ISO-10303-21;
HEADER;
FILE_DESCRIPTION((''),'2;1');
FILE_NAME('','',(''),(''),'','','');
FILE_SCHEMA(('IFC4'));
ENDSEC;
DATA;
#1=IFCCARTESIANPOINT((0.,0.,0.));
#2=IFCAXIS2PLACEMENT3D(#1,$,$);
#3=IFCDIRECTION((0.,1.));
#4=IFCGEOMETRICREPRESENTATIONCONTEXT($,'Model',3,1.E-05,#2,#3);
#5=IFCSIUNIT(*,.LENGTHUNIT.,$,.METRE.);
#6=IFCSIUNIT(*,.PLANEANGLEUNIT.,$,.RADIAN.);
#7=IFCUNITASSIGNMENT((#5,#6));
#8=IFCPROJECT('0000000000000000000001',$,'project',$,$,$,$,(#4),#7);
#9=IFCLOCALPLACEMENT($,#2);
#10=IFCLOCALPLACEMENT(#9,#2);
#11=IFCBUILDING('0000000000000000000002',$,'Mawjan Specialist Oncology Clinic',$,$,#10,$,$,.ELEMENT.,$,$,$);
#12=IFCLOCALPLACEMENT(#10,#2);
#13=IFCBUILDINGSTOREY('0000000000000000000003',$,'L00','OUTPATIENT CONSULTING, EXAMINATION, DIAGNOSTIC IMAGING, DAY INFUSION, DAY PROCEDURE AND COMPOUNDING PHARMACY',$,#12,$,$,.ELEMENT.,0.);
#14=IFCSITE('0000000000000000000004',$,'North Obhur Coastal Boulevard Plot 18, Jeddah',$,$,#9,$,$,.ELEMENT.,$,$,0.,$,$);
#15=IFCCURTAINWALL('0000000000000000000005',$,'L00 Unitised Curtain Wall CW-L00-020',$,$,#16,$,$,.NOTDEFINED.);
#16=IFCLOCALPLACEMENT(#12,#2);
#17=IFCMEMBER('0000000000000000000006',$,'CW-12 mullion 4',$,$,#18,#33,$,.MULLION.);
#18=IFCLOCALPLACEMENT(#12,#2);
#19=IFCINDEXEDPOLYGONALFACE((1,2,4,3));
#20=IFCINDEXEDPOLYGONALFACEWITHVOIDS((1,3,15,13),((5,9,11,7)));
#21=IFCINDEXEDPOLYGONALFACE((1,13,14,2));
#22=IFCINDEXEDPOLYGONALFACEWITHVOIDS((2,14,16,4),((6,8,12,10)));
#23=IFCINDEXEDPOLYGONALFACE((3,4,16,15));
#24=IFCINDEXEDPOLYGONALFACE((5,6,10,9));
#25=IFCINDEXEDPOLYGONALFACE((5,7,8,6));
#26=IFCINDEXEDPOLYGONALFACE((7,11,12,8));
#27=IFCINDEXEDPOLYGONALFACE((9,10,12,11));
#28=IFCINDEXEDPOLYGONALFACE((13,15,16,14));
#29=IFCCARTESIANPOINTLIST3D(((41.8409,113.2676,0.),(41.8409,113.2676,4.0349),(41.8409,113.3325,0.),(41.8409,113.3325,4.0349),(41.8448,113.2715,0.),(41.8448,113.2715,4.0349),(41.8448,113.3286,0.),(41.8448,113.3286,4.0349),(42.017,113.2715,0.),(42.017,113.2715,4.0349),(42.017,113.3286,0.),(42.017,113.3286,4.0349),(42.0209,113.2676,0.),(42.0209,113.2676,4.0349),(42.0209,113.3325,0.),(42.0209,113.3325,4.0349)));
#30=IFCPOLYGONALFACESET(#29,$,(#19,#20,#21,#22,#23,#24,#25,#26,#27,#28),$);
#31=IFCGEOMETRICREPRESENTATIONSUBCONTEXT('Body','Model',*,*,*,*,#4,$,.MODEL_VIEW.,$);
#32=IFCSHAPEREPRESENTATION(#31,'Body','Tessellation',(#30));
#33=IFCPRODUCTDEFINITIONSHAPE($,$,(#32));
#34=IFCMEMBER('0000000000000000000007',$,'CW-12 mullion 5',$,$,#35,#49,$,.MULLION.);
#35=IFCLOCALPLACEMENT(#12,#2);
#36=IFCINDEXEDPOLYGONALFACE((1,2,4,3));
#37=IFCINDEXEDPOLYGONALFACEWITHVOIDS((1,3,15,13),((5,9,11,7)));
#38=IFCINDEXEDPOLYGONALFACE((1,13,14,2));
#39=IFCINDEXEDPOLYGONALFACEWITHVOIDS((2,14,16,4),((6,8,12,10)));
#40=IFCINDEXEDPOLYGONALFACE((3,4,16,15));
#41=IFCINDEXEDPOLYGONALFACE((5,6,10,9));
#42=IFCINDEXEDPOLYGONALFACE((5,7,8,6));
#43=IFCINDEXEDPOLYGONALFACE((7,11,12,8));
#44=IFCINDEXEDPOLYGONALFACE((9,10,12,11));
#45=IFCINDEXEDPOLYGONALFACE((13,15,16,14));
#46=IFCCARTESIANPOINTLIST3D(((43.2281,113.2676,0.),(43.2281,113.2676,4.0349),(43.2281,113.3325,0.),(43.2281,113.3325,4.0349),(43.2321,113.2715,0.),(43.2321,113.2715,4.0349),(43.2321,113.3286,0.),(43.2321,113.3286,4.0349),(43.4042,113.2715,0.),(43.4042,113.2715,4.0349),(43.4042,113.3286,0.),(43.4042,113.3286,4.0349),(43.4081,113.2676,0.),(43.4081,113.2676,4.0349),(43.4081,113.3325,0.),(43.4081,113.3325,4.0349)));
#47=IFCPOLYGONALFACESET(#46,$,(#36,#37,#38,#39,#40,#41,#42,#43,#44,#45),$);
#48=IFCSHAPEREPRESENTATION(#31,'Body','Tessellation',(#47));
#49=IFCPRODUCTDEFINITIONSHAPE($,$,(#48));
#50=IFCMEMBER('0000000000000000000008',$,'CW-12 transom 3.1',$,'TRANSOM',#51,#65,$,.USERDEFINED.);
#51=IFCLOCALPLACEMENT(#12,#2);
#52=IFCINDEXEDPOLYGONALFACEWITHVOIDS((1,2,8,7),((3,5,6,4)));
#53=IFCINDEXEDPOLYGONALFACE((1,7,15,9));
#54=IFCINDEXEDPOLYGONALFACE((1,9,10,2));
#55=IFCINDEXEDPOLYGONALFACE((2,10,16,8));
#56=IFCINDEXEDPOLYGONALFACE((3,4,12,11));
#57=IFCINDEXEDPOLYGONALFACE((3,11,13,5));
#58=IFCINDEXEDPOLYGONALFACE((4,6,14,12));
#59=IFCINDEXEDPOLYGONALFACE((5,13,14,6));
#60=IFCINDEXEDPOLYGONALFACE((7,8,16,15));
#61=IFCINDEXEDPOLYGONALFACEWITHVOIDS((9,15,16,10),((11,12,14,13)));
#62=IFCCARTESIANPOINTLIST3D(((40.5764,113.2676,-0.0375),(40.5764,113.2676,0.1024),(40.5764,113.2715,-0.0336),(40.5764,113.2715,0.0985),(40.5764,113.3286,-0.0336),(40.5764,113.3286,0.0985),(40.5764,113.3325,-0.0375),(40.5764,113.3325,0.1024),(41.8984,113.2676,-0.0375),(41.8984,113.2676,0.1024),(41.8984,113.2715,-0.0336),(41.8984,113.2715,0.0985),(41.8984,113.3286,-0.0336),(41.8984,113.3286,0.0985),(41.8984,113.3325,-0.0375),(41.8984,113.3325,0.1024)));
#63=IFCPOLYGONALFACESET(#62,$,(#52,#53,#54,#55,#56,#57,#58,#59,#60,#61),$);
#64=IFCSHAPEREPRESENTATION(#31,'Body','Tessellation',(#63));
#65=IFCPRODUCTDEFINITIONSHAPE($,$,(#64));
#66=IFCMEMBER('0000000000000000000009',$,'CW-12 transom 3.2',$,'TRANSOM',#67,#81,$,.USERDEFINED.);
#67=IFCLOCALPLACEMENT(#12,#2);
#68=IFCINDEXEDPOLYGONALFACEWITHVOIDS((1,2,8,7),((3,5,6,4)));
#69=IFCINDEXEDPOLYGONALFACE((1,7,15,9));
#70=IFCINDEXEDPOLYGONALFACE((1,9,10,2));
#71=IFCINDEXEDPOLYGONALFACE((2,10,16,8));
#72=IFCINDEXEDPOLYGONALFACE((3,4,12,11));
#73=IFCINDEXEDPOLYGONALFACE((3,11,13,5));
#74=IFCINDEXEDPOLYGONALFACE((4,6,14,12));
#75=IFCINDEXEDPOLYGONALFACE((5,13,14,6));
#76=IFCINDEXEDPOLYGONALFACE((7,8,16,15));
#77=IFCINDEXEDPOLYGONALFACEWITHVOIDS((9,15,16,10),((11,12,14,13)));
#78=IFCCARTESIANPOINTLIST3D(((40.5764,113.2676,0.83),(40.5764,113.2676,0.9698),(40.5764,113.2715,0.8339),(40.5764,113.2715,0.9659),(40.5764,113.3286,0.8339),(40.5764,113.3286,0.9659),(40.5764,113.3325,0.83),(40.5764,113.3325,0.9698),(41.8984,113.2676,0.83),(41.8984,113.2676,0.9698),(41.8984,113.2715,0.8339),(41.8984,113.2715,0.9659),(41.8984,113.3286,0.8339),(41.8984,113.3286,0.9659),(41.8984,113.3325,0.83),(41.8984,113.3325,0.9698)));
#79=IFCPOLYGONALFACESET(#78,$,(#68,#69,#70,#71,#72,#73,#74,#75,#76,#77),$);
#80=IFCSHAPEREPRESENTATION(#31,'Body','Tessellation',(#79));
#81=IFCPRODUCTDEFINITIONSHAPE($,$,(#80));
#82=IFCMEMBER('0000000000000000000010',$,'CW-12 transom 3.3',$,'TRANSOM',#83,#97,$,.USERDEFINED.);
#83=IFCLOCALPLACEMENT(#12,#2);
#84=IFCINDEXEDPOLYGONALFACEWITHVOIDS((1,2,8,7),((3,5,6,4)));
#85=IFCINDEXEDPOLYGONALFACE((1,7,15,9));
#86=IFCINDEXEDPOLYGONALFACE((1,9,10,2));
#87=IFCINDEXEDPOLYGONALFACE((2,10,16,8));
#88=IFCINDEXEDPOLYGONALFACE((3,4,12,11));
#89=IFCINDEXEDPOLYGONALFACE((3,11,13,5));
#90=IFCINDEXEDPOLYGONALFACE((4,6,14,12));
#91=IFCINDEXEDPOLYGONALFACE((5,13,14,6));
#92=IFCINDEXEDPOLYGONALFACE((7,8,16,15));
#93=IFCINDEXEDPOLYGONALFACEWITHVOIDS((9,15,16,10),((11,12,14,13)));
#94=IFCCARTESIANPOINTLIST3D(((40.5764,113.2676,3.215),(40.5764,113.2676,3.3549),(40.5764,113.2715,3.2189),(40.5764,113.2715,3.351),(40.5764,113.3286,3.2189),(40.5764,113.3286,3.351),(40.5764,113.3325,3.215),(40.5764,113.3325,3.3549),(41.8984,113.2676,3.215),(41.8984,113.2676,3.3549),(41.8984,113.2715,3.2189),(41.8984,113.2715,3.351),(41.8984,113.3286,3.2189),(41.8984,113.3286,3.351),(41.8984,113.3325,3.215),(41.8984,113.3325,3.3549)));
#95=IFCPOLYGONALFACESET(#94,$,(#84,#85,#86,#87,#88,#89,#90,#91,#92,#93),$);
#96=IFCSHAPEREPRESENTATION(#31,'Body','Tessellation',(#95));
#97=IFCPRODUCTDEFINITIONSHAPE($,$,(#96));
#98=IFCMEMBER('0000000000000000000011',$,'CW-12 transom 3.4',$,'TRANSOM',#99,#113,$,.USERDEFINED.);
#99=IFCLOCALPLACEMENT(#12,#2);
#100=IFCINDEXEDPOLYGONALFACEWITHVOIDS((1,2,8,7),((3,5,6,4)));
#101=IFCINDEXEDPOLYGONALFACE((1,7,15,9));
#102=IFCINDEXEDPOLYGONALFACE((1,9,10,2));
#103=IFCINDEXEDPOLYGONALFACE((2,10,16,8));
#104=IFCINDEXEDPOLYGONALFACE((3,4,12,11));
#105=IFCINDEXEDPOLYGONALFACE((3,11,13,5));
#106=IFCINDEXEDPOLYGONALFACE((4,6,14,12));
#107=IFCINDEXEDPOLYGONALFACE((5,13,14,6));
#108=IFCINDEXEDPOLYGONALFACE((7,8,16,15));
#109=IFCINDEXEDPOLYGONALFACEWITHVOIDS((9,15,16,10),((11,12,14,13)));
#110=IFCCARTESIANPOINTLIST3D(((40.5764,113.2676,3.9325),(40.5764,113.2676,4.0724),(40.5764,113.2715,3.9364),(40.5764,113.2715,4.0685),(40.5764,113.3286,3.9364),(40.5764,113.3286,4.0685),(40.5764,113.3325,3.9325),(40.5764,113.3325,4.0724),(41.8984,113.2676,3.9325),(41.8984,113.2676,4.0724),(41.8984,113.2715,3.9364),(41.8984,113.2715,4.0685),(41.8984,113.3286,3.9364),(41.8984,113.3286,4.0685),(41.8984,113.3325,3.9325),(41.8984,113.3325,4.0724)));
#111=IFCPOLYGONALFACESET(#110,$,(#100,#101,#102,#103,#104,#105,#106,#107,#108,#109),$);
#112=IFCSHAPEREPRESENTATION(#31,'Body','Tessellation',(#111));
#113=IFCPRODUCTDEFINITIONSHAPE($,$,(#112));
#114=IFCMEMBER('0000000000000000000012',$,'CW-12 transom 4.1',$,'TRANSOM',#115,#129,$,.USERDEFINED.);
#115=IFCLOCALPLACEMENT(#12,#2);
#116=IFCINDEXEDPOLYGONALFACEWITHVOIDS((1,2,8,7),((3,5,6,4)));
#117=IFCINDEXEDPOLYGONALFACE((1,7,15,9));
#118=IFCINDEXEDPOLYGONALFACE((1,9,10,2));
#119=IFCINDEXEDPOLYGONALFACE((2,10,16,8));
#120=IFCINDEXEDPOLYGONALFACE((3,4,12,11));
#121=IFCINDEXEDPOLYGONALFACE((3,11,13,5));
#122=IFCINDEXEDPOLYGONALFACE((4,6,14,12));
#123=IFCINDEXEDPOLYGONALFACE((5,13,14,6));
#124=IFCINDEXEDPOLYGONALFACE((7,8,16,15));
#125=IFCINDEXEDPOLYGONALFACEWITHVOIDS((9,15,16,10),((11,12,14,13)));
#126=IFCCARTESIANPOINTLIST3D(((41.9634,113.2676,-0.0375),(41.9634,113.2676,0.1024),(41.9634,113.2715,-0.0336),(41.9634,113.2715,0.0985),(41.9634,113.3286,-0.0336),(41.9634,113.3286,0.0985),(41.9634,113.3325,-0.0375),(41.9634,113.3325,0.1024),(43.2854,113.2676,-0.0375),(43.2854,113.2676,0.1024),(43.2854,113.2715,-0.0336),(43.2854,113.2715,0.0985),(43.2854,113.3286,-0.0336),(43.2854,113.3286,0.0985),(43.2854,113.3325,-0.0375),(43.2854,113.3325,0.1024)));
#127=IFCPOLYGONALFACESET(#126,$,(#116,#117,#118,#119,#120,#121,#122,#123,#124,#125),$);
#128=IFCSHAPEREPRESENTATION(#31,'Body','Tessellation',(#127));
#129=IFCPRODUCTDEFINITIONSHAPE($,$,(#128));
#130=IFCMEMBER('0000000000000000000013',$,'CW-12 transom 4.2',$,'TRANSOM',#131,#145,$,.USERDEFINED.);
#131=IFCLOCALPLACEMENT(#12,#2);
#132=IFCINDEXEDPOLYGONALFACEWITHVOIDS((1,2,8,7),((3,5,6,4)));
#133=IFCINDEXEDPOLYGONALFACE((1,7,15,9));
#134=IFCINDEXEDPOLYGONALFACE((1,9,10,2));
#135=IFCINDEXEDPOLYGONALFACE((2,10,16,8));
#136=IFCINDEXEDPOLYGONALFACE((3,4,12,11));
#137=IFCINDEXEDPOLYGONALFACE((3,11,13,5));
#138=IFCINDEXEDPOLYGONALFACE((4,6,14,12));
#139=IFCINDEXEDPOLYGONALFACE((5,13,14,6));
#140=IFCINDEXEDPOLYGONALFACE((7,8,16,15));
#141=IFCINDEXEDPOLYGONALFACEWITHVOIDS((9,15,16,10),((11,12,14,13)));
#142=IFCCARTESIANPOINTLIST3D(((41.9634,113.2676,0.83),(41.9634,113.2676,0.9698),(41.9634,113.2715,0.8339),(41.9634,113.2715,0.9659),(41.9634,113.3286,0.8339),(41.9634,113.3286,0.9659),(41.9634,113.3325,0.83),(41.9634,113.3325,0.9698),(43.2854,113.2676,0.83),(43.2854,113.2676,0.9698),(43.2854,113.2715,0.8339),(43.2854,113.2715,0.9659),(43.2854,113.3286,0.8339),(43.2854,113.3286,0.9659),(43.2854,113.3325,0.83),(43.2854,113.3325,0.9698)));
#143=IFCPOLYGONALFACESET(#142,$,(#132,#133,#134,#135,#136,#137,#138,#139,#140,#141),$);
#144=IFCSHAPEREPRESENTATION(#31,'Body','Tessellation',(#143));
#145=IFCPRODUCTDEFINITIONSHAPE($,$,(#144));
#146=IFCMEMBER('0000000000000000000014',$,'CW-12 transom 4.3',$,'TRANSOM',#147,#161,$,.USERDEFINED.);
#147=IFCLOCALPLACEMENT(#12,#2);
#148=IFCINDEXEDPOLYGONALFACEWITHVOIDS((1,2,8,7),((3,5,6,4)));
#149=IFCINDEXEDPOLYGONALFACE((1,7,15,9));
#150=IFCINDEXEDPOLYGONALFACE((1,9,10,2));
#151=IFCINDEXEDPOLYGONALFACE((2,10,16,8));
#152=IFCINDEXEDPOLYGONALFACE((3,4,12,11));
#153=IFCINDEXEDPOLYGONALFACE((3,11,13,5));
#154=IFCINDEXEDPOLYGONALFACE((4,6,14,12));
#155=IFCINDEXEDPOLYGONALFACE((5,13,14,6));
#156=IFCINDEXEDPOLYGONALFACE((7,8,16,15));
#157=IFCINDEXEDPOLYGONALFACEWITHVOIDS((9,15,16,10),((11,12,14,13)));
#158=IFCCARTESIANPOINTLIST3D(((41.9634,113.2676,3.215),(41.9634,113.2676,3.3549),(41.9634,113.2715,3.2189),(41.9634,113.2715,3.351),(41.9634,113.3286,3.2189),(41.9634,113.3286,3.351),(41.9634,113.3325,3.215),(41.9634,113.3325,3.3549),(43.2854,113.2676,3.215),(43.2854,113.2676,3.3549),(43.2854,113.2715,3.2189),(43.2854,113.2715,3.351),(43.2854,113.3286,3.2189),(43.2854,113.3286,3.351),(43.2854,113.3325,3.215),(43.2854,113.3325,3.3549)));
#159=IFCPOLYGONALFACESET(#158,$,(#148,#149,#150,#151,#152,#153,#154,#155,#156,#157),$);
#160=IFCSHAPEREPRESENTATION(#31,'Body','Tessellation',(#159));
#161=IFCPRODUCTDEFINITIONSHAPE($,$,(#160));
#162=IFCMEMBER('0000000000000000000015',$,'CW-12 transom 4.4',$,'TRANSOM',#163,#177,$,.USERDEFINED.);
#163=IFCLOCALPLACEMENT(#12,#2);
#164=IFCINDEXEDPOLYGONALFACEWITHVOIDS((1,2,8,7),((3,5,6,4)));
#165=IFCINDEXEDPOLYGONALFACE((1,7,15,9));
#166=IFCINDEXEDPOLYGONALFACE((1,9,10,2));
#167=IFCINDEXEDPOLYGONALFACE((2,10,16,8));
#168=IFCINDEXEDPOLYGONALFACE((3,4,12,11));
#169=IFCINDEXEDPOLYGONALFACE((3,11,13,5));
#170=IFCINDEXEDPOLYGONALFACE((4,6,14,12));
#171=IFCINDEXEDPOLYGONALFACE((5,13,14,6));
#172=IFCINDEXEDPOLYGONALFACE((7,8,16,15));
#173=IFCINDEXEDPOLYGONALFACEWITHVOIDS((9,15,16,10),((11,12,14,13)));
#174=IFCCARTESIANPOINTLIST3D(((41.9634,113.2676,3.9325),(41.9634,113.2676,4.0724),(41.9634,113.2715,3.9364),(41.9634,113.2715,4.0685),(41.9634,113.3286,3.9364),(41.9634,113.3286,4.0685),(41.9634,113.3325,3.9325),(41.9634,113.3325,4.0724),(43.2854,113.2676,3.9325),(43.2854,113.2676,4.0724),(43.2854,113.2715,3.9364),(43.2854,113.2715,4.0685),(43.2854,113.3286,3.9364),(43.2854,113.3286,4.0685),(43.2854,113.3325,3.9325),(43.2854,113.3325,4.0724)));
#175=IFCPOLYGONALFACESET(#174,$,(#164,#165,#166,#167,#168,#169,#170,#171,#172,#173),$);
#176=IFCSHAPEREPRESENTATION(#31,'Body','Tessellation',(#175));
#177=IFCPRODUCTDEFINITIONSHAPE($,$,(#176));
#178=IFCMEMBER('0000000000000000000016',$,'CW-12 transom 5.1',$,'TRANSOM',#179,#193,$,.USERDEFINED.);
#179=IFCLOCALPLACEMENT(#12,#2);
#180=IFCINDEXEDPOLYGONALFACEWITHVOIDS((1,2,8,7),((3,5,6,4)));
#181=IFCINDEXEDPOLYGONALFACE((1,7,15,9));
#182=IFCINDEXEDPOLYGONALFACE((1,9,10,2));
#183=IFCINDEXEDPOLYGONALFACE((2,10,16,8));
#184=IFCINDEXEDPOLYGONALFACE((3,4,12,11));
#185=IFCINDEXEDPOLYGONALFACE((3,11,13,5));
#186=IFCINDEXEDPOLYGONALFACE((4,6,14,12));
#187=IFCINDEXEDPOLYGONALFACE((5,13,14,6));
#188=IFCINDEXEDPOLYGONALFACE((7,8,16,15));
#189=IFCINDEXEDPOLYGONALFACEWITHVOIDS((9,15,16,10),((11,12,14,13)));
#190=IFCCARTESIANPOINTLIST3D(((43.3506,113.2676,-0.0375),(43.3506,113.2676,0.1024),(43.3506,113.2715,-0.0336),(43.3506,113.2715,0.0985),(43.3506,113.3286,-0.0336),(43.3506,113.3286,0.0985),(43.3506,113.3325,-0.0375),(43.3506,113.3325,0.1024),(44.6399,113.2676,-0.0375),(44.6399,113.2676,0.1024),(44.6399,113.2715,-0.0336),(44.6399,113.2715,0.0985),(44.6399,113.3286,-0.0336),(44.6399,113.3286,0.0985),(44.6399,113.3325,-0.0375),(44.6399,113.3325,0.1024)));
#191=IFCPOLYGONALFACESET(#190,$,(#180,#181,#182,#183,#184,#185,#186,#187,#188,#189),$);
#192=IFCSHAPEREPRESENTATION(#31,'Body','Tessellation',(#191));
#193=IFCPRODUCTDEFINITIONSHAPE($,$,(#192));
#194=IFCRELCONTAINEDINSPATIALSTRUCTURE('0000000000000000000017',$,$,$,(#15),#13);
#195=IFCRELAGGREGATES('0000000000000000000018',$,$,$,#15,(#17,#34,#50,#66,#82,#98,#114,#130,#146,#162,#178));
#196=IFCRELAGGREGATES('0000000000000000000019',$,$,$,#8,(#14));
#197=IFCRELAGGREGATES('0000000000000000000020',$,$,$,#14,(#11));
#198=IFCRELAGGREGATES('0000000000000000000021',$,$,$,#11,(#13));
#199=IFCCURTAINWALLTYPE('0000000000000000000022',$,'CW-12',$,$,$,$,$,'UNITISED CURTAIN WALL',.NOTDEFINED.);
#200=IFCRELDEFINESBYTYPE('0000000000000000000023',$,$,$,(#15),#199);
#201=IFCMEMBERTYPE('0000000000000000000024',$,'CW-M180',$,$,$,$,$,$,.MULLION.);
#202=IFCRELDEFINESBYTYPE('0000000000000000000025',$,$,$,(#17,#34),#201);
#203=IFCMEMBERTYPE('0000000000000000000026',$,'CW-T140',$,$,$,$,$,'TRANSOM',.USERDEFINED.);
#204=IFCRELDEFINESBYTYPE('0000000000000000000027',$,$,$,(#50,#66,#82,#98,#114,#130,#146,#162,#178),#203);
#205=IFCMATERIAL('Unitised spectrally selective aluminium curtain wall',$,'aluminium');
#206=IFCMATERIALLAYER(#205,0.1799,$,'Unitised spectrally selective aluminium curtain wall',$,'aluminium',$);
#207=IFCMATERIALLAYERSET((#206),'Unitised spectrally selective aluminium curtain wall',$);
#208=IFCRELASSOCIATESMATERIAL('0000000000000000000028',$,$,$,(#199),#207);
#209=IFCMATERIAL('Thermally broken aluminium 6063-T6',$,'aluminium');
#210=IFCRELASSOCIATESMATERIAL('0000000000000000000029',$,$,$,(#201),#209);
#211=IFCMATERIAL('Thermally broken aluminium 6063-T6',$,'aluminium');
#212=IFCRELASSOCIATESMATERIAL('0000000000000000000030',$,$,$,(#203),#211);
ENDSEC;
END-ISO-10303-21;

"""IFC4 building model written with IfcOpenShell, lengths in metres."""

from ifc_helpers import new_model, si_unit, direction, frame, origin, origin_2d, place, context, subcontext, project, spatial, hollow_rectangle, extrude, material, layer, layer_set, material_profile, profile_set, type_object, element, aggregate, save


model = new_model("IFC4")

# Units and contexts
model_context = context("Model", 3, precision=1e-05, world=origin(), true_north=direction((0.0, 1.0)))
body_context = subcontext(model_context, "Body", "Model", "MODEL_VIEW")
ifc_project = project(units=[si_unit("LENGTHUNIT", "METRE"), si_unit("PLANEANGLEUNIT", "RADIAN")], contexts=[model_context])

# Site, building, storey
site_placement = place(None, origin())
site = spatial("IfcSite", under=ifc_project, at=site_placement, Name="North Obhur Coastal Boulevard Plot 18, Jeddah", CompositionType="ELEMENT", RefElevation=0.0)
building_placement = place(site_placement, origin())
building = spatial("IfcBuilding", under=site, at=building_placement, Name="Mawjan Specialist Oncology Clinic", CompositionType="ELEMENT")
storey_placement = place(building_placement, origin())
storey = spatial("IfcBuildingStorey", under=building, at=storey_placement, Name="L00", Description="OUTPATIENT CONSULTING, EXAMINATION, DIAGNOSTIC IMAGING, DAY INFUSION, DAY PROCEDURE AND COMPOUNDING PHARMACY", CompositionType="ELEMENT", Elevation=0.0)

# Curtain wall, members
ifc_material_1 = material(Name="Unitised spectrally selective aluminium curtain wall", Category="aluminium")
ifc_layer_1 = layer(ifc_material_1, 0.1799, Name="Unitised spectrally selective aluminium curtain wall", Category="aluminium")
ifc_layer_set_1 = layer_set([ifc_layer_1], Name="Unitised spectrally selective aluminium curtain wall")
curtain_wall_type = type_object("IfcCurtainWallType", Name="CW-12", ElementType="UNITISED CURTAIN WALL", PredefinedType="NOTDEFINED", material=ifc_layer_set_1)
curtain_wall_placement = place(storey_placement, origin())
curtain_wall = element("IfcCurtainWall", 1, at=curtain_wall_placement, inside=storey, type_object=curtain_wall_type, Name="L00 Unitised Curtain Wall CW-L00-020", PredefinedType="NOTDEFINED")
ifc_material_2 = material(Name="Thermally broken aluminium 6063-T6", Category="aluminium")
ifc_material_profile_1 = material_profile(ifc_material_2, hollow_rectangle(XDim=0.0649, YDim=0.1799, WallThickness=0.0039, at=origin_2d()), Name="ALU MULLION 180x65x4", Category="aluminium")
ifc_profile_set_1 = profile_set([ifc_material_profile_1], Name="Thermally broken aluminium 6063-T6")
member_type_1 = type_object("IfcMemberType", Name="CW-M180", PredefinedType="MULLION", material=ifc_profile_set_1)
member_1_placement = place(storey_placement, frame((41.9309, 113.3, 0.0), z_axis=(0.0, 0.0, 1.0), x_axis=(0.0, 1.0, 0.0)))
member_1 = element("IfcMember", 2, at=member_1_placement, type_object=member_type_1, Name="CW-12 mullion 4", PredefinedType="MULLION", context=body_context, shape_type="SweptSolid", body=[
    extrude(hollow_rectangle(XDim=0.0649, YDim=0.1799, WallThickness=0.0039, at=origin_2d()), origin(), (0.0, 0.0, 1.0), 4.0349),
])
member_2_placement = place(storey_placement, frame((43.3181, 113.3, 0.0), z_axis=(0.0, 0.0, 1.0), x_axis=(0.0, 1.0, 0.0)))
member_2 = element("IfcMember", 3, at=member_2_placement, type_object=member_type_1, Name="CW-12 mullion 5", PredefinedType="MULLION", context=body_context, shape_type="SweptSolid", body=[
    extrude(hollow_rectangle(XDim=0.0649, YDim=0.1799, WallThickness=0.0039, at=origin_2d()), origin(), (0.0, 0.0, 1.0), 4.0349),
])
ifc_material_3 = material(Name="Thermally broken aluminium 6063-T6", Category="aluminium")
ifc_material_profile_2 = material_profile(ifc_material_3, hollow_rectangle(XDim=0.0649, YDim=0.1399, WallThickness=0.0039, at=origin_2d()), Name="ALU TRANSOM 140x65x4", Category="aluminium")
ifc_profile_set_2 = profile_set([ifc_material_profile_2], Name="Thermally broken aluminium 6063-T6")
member_type_2 = type_object("IfcMemberType", Name="CW-T140", ElementType="TRANSOM", PredefinedType="USERDEFINED", material=ifc_profile_set_2)
member_3_placement = place(storey_placement, frame((40.5764, 113.3, 0.0325), z_axis=(1.0, 0.0, 0.0), x_axis=(0.0, 1.0, 0.0)))
member_3 = element("IfcMember", 4, at=member_3_placement, type_object=member_type_2, Name="CW-12 transom 3.1", ObjectType="TRANSOM", PredefinedType="USERDEFINED", context=body_context, shape_type="SweptSolid", body=[
    extrude(hollow_rectangle(XDim=0.0649, YDim=0.1399, WallThickness=0.0039, at=origin_2d()), origin(), (0.0, 0.0, 1.0), 1.322),
])
member_4_placement = place(storey_placement, frame((40.5764, 113.3, 0.8999), z_axis=(1.0, 0.0, 0.0), x_axis=(0.0, 1.0, 0.0)))
member_4 = element("IfcMember", 5, at=member_4_placement, type_object=member_type_2, Name="CW-12 transom 3.2", ObjectType="TRANSOM", PredefinedType="USERDEFINED", context=body_context, shape_type="SweptSolid", body=[
    extrude(hollow_rectangle(XDim=0.0649, YDim=0.1399, WallThickness=0.0039, at=origin_2d()), origin(), (0.0, 0.0, 1.0), 1.322),
])
member_5_placement = place(storey_placement, frame((40.5764, 113.3, 3.2849), z_axis=(1.0, 0.0, 0.0), x_axis=(0.0, 1.0, 0.0)))
member_5 = element("IfcMember", 6, at=member_5_placement, type_object=member_type_2, Name="CW-12 transom 3.3", ObjectType="TRANSOM", PredefinedType="USERDEFINED", context=body_context, shape_type="SweptSolid", body=[
    extrude(hollow_rectangle(XDim=0.0649, YDim=0.1399, WallThickness=0.0039, at=origin_2d()), origin(), (0.0, 0.0, 1.0), 1.322),
])
member_6_placement = place(storey_placement, frame((40.5764, 113.3, 4.0024), z_axis=(1.0, 0.0, 0.0), x_axis=(0.0, 1.0, 0.0)))
member_6 = element("IfcMember", 7, at=member_6_placement, type_object=member_type_2, Name="CW-12 transom 3.4", ObjectType="TRANSOM", PredefinedType="USERDEFINED", context=body_context, shape_type="SweptSolid", body=[
    extrude(hollow_rectangle(XDim=0.0649, YDim=0.1399, WallThickness=0.0039, at=origin_2d()), origin(), (0.0, 0.0, 1.0), 1.322),
])
member_7_placement = place(storey_placement, frame((41.9634, 113.3, 0.0325), z_axis=(1.0, 0.0, 0.0), x_axis=(0.0, 1.0, 0.0)))
member_7 = element("IfcMember", 8, at=member_7_placement, type_object=member_type_2, Name="CW-12 transom 4.1", ObjectType="TRANSOM", PredefinedType="USERDEFINED", context=body_context, shape_type="SweptSolid", body=[
    extrude(hollow_rectangle(XDim=0.0649, YDim=0.1399, WallThickness=0.0039, at=origin_2d()), origin(), (0.0, 0.0, 1.0), 1.322),
])
member_8_placement = place(storey_placement, frame((41.9634, 113.3, 0.8999), z_axis=(1.0, 0.0, 0.0), x_axis=(0.0, 1.0, 0.0)))
member_8 = element("IfcMember", 9, at=member_8_placement, type_object=member_type_2, Name="CW-12 transom 4.2", ObjectType="TRANSOM", PredefinedType="USERDEFINED", context=body_context, shape_type="SweptSolid", body=[
    extrude(hollow_rectangle(XDim=0.0649, YDim=0.1399, WallThickness=0.0039, at=origin_2d()), origin(), (0.0, 0.0, 1.0), 1.322),
])
member_9_placement = place(storey_placement, frame((41.9634, 113.3, 3.2849), z_axis=(1.0, 0.0, 0.0), x_axis=(0.0, 1.0, 0.0)))
member_9 = element("IfcMember", 10, at=member_9_placement, type_object=member_type_2, Name="CW-12 transom 4.3", ObjectType="TRANSOM", PredefinedType="USERDEFINED", context=body_context, shape_type="SweptSolid", body=[
    extrude(hollow_rectangle(XDim=0.0649, YDim=0.1399, WallThickness=0.0039, at=origin_2d()), origin(), (0.0, 0.0, 1.0), 1.322),
])
member_10_placement = place(storey_placement, frame((41.9634, 113.3, 4.0024), z_axis=(1.0, 0.0, 0.0), x_axis=(0.0, 1.0, 0.0)))
member_10 = element("IfcMember", 11, at=member_10_placement, type_object=member_type_2, Name="CW-12 transom 4.4", ObjectType="TRANSOM", PredefinedType="USERDEFINED", context=body_context, shape_type="SweptSolid", body=[
    extrude(hollow_rectangle(XDim=0.0649, YDim=0.1399, WallThickness=0.0039, at=origin_2d()), origin(), (0.0, 0.0, 1.0), 1.322),
])
member_11_placement = place(storey_placement, frame((43.3506, 113.3, 0.0325), z_axis=(1.0, 0.0, 0.0), x_axis=(0.0, 1.0, 0.0)))
member_11 = element("IfcMember", 12, at=member_11_placement, type_object=member_type_2, Name="CW-12 transom 5.1", ObjectType="TRANSOM", PredefinedType="USERDEFINED", context=body_context, shape_type="SweptSolid", body=[
    extrude(hollow_rectangle(XDim=0.0649, YDim=0.1399, WallThickness=0.0039, at=origin_2d()), origin(), (0.0, 0.0, 1.0), 1.2893),
])
aggregate(curtain_wall, [member_1, member_2, member_3, member_4, member_5, member_6, member_7, member_8, member_9, member_10, member_11])

save(model, "model.ifc")
